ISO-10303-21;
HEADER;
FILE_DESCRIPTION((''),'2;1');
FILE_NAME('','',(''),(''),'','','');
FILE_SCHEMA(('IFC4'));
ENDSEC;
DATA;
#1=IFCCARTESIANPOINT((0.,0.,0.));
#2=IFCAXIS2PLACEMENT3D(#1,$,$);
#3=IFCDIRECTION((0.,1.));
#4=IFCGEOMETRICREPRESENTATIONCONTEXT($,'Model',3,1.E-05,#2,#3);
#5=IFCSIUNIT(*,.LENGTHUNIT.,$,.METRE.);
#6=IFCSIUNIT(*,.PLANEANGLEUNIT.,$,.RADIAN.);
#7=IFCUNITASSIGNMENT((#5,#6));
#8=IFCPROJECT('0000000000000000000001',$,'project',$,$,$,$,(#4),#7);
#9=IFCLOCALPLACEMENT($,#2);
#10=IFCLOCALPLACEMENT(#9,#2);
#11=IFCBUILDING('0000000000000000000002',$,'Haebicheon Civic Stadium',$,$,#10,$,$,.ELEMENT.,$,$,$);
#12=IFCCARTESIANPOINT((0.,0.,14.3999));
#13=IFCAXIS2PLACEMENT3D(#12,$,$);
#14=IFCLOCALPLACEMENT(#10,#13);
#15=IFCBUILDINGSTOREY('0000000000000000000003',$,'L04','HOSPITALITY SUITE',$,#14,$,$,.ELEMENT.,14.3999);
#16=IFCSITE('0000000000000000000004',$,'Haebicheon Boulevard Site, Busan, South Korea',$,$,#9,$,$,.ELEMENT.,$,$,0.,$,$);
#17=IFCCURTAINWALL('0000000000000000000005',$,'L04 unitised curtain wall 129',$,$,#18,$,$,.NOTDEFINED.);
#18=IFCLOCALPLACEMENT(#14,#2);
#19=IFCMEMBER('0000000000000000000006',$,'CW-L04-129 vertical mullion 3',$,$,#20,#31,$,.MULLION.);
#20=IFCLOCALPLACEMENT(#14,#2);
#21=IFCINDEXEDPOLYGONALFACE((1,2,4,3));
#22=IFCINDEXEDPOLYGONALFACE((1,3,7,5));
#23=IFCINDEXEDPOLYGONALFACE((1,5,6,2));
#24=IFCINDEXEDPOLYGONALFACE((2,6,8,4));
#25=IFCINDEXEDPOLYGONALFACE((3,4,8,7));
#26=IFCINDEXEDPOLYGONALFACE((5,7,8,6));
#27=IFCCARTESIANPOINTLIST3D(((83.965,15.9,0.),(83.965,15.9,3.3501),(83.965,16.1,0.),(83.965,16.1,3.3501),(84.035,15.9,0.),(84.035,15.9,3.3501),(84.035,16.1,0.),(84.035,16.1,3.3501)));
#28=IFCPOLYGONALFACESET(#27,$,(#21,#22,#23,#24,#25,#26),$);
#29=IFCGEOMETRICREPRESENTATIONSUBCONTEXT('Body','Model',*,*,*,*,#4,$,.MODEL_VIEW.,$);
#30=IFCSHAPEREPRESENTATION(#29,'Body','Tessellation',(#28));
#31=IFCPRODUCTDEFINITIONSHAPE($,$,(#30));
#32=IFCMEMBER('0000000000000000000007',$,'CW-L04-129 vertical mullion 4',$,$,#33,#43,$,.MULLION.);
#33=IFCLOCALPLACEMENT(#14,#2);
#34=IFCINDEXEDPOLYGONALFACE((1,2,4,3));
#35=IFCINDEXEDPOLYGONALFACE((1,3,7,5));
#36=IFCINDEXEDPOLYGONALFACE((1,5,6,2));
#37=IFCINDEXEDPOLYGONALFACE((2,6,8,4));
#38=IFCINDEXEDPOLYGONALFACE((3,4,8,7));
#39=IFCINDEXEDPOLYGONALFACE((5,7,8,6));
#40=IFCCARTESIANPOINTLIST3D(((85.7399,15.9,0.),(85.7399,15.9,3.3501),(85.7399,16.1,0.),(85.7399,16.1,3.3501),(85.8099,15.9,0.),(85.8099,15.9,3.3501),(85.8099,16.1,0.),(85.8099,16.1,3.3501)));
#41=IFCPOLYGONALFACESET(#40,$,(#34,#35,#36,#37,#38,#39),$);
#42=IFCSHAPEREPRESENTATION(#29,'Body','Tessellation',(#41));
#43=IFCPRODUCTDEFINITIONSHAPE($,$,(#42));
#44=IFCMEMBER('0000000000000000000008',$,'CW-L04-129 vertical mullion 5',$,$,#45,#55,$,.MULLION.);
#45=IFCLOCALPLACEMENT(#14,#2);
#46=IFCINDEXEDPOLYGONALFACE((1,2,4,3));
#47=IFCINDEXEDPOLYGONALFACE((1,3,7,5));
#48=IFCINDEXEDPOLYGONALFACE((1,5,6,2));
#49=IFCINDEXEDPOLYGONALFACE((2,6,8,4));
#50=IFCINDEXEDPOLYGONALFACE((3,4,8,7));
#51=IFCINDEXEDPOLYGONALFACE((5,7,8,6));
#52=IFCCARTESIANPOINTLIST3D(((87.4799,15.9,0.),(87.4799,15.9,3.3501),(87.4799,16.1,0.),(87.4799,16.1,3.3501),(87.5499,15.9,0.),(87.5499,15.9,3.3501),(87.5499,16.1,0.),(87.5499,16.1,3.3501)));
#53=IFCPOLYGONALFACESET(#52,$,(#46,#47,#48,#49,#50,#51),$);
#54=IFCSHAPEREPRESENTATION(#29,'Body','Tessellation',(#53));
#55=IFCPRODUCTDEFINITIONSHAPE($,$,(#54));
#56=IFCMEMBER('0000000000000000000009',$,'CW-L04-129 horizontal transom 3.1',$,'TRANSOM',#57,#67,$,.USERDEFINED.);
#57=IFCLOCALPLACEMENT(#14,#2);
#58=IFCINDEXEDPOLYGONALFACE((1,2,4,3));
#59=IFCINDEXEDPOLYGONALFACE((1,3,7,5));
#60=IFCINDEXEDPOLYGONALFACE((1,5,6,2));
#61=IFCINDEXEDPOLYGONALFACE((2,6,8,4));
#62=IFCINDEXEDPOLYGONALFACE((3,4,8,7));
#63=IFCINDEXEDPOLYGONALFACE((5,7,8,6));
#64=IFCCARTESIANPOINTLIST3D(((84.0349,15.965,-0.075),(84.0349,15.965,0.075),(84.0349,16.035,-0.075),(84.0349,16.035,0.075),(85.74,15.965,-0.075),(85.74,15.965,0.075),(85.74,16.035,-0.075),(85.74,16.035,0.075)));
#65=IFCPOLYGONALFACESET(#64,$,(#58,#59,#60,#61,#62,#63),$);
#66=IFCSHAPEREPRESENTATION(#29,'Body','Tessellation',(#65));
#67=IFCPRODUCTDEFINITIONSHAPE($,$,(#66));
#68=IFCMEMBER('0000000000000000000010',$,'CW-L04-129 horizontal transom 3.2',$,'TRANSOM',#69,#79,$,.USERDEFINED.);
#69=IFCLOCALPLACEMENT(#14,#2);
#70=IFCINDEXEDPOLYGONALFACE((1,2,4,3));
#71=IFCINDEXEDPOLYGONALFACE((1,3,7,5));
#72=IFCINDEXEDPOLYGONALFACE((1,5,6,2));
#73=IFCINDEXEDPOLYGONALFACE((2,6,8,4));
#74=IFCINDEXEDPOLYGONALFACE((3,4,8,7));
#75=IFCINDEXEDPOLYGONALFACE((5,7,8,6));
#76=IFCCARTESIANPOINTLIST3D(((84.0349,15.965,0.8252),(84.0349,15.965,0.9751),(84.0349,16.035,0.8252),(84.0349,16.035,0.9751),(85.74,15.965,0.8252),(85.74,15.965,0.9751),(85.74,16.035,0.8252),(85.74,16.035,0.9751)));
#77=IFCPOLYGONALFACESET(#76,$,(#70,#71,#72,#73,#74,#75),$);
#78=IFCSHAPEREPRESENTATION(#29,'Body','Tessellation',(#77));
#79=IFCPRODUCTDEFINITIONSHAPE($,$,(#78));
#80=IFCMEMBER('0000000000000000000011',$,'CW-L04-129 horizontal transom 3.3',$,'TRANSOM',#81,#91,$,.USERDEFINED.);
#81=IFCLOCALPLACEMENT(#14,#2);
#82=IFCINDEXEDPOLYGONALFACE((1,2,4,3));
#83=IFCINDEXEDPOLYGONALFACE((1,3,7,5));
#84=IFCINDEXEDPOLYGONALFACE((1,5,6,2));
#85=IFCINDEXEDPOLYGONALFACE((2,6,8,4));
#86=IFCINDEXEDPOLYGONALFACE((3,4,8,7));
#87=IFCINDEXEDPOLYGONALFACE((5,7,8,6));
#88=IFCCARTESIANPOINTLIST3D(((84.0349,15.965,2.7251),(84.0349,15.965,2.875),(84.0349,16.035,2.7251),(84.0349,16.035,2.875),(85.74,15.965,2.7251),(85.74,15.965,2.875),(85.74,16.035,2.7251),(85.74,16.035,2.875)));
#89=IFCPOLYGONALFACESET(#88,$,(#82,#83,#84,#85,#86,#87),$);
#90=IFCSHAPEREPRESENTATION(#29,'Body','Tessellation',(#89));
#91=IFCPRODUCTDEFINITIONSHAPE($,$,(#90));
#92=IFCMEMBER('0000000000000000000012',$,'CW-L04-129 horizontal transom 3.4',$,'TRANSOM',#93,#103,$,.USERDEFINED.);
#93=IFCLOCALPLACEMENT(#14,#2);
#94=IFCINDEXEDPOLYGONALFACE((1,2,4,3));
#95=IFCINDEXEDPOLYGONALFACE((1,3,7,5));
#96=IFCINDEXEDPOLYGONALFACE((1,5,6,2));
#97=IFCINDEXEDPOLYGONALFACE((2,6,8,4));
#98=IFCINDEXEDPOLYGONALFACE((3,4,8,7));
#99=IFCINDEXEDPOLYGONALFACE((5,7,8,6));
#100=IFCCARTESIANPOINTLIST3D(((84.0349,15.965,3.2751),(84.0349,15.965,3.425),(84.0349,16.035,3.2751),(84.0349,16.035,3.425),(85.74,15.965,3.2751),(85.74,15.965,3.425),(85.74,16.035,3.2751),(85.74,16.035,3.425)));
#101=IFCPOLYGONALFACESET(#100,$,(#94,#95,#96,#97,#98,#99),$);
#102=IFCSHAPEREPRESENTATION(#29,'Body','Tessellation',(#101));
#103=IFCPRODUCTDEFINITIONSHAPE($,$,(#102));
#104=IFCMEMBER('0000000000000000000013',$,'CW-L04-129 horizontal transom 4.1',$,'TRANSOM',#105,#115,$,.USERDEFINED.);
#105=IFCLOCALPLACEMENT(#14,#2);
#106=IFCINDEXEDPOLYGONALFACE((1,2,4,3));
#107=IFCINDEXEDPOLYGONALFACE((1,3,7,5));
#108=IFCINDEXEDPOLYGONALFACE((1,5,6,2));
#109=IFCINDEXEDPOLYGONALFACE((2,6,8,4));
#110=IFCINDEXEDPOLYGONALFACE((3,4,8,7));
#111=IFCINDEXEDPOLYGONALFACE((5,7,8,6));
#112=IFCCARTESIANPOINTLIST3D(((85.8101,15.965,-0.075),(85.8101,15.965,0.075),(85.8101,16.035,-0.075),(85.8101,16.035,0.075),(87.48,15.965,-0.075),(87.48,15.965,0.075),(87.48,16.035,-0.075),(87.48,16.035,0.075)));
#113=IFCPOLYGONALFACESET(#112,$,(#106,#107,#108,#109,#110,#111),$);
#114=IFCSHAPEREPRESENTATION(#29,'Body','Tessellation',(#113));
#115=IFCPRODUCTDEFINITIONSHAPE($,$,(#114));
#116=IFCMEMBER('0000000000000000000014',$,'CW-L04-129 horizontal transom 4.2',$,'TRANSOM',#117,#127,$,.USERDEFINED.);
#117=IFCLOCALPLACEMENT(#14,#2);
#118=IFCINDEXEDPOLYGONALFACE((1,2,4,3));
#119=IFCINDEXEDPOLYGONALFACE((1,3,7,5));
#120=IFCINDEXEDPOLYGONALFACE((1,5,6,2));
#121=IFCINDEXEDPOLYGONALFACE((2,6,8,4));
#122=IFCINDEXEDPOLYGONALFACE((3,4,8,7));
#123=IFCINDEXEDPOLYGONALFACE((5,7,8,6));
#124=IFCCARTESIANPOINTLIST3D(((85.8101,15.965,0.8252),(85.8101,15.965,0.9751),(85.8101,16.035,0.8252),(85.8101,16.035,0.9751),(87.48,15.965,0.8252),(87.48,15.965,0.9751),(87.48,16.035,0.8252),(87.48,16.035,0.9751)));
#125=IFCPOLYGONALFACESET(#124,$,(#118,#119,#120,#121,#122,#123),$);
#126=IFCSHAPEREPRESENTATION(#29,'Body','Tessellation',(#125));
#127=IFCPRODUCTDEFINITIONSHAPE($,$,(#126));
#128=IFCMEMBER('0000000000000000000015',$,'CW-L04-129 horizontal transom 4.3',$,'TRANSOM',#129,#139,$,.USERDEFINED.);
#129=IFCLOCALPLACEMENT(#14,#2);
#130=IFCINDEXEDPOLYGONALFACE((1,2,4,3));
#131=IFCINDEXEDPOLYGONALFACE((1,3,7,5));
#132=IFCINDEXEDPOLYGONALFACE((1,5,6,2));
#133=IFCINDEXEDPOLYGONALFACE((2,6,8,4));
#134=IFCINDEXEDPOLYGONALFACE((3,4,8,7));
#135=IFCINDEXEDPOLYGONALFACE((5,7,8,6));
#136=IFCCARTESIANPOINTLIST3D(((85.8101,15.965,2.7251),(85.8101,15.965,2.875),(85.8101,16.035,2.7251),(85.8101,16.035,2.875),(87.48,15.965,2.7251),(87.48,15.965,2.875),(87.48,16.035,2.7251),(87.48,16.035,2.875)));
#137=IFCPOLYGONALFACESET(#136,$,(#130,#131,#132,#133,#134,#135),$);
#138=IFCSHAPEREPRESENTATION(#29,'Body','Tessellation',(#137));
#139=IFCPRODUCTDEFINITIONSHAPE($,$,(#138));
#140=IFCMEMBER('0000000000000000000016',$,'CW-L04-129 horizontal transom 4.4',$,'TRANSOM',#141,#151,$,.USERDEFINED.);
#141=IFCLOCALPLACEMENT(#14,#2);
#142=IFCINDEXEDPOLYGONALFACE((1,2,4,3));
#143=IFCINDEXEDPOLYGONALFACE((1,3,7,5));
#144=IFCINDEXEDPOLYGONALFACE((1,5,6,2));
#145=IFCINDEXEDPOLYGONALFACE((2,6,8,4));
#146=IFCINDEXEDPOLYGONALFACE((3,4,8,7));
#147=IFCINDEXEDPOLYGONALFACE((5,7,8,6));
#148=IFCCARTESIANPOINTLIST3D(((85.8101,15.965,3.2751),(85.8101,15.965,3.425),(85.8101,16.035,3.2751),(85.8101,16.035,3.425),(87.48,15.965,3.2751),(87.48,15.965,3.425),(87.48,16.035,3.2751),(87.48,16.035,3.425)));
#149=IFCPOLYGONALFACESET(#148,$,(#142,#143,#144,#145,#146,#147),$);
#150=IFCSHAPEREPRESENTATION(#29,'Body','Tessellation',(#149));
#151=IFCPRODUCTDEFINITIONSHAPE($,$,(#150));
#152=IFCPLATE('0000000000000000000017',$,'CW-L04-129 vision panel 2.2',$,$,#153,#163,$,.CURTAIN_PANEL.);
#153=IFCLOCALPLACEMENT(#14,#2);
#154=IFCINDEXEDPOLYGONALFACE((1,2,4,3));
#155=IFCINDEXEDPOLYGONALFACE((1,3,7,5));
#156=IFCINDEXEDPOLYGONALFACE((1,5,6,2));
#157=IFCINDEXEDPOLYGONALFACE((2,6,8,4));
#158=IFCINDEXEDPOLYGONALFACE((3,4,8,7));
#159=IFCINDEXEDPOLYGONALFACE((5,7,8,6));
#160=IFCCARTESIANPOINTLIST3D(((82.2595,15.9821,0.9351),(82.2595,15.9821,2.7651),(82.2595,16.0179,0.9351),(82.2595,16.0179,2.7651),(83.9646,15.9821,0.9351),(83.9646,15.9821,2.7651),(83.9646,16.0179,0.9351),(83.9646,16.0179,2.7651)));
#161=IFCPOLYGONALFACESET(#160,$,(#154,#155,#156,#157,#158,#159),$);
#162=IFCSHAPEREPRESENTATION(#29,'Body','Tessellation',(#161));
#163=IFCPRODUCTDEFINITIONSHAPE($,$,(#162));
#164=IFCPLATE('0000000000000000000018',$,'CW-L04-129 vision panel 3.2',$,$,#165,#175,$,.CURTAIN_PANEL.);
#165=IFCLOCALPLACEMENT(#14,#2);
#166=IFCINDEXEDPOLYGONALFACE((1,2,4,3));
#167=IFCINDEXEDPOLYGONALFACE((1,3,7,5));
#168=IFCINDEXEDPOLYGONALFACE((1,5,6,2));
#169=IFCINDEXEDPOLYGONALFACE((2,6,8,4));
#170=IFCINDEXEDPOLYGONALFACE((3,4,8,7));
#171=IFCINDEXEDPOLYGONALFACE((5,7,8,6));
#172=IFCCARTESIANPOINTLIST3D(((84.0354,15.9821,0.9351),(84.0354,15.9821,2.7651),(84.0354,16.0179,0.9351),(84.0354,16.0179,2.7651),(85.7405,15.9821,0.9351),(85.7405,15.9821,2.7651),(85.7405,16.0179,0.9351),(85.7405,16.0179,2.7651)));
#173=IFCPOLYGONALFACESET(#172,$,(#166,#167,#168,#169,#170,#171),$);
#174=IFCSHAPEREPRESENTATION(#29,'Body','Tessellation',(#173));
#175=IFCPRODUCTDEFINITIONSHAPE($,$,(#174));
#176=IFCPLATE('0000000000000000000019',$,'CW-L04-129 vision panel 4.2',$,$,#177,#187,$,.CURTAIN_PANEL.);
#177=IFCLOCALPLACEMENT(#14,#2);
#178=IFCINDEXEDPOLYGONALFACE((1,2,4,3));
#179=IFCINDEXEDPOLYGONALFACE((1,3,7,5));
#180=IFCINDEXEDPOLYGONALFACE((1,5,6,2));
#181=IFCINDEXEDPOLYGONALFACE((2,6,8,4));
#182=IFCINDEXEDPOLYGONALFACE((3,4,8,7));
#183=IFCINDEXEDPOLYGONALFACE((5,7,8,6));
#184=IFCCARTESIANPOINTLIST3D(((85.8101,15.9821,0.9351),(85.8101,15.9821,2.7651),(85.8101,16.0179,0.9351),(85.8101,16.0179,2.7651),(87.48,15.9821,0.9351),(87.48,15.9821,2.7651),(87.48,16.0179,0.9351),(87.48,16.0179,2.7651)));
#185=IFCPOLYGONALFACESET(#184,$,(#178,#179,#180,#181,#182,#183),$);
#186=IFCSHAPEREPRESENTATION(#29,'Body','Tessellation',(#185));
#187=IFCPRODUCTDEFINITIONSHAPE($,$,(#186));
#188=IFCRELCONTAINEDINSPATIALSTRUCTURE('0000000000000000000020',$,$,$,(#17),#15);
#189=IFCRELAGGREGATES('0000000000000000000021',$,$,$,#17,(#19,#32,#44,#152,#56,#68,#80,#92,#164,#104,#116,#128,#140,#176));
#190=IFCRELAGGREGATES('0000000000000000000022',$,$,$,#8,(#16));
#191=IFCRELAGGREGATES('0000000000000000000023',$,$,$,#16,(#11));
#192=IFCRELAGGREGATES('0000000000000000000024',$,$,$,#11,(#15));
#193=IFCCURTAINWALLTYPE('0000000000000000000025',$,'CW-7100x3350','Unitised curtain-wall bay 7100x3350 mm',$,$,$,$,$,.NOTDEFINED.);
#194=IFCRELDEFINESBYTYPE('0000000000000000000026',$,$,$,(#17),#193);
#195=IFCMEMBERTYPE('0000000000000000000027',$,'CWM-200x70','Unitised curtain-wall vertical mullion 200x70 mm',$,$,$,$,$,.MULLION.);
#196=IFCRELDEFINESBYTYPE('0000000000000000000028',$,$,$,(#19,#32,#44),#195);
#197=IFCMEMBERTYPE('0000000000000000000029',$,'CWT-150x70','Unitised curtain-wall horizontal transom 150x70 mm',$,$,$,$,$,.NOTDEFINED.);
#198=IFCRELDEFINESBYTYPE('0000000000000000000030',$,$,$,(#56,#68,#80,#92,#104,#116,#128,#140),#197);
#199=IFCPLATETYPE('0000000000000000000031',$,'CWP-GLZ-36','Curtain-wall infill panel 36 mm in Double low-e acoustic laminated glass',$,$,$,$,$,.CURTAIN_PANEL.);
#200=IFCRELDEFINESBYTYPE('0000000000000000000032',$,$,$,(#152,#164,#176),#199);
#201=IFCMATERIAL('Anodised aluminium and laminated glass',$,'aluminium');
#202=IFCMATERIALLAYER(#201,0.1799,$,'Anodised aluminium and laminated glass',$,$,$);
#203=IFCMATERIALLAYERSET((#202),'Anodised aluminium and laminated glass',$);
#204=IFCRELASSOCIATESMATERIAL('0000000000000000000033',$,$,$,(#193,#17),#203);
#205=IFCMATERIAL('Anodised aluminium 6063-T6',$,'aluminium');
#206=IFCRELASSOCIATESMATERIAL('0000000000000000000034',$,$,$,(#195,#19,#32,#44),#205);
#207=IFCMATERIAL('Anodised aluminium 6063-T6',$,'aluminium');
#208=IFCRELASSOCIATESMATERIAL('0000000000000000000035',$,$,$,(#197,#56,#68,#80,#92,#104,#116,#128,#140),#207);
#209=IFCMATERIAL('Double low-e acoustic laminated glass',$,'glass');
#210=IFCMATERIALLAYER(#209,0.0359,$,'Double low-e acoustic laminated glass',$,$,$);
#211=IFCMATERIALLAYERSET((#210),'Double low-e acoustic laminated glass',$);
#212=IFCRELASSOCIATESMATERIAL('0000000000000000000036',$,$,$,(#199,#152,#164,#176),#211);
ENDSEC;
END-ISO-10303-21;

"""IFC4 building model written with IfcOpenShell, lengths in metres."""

from ifc_helpers import new_model, si_unit, direction, frame, origin, origin_2d, place, context, subcontext, project, spatial, rectangle, extrude, material, layer, layer_set, material_profile, profile_set, type_object, element, aggregate, save


model = new_model("IFC4")

# Units and contexts
model_context = context("Model", 3, precision=1e-05, world=origin(), true_north=direction((0.0, 1.0)))
body_context = subcontext(model_context, "Body", "Model", "MODEL_VIEW")
ifc_project = project(units=[si_unit("LENGTHUNIT", "METRE"), si_unit("PLANEANGLEUNIT", "RADIAN")], contexts=[model_context])

# Site, building, storey
site_placement = place(None, origin())
site = spatial("IfcSite", under=ifc_project, at=site_placement, Name="Haebicheon Boulevard Site, Busan, South Korea", CompositionType="ELEMENT", RefElevation=0.0)
building_placement = place(site_placement, origin())
building = spatial("IfcBuilding", under=site, at=building_placement, Name="Haebicheon Civic Stadium", CompositionType="ELEMENT")
storey_placement = place(building_placement, frame((0.0, 0.0, 14.3999)))
storey = spatial("IfcBuildingStorey", under=building, at=storey_placement, Name="L04", Description="HOSPITALITY SUITE", CompositionType="ELEMENT", Elevation=14.3999)

# Curtain wall, members, plates
ifc_material_1 = material(Name="Anodised aluminium and laminated glass", Category="aluminium")
ifc_layer_1 = layer(ifc_material_1, 0.1799, Name="Anodised aluminium and laminated glass")
ifc_layer_set_1 = layer_set([ifc_layer_1], Name="Anodised aluminium and laminated glass")
curtain_wall_type = type_object("IfcCurtainWallType", Name="CW-7100x3350", Description="Unitised curtain-wall bay 7100x3350 mm", PredefinedType="NOTDEFINED", material=ifc_layer_set_1)
curtain_wall_placement = place(storey_placement, origin())
curtain_wall = element("IfcCurtainWall", 1, at=curtain_wall_placement, inside=storey, type_object=curtain_wall_type, material=ifc_layer_set_1, Name="L04 unitised curtain wall 129", PredefinedType="NOTDEFINED")
ifc_material_2 = material(Name="Anodised aluminium 6063-T6", Category="aluminium")
ifc_material_profile_1 = material_profile(ifc_material_2, rectangle(XDim=0.0701, YDim=0.2, at=origin_2d()), Name="ALU-MULL-70x200")
ifc_profile_set_1 = profile_set([ifc_material_profile_1], Name="Anodised aluminium 6063-T6")
member_type_1 = type_object("IfcMemberType", Name="CWM-200x70", Description="Unitised curtain-wall vertical mullion 200x70 mm", PredefinedType="MULLION", material=ifc_profile_set_1)
member_1_placement = place(storey_placement, frame((84.0, 16.0, 0.0), z_axis=(0.0, 0.0, 1.0), x_axis=(1.0, 0.0, 0.0)))
member_1 = element("IfcMember", 2, at=member_1_placement, type_object=member_type_1, material=ifc_profile_set_1, Name="CW-L04-129 vertical mullion 3", PredefinedType="MULLION", context=body_context, shape_type="SweptSolid", body=[
    extrude(rectangle(XDim=0.0701, YDim=0.2, at=origin_2d()), origin(), (0.0, 0.0, 1.0), 3.3501),
])
member_2_placement = place(storey_placement, frame((85.7749, 16.0, 0.0), z_axis=(0.0, 0.0, 1.0), x_axis=(1.0, 0.0, 0.0)))
member_2 = element("IfcMember", 3, at=member_2_placement, type_object=member_type_1, material=ifc_profile_set_1, Name="CW-L04-129 vertical mullion 4", PredefinedType="MULLION", context=body_context, shape_type="SweptSolid", body=[
    extrude(rectangle(XDim=0.0701, YDim=0.2, at=origin_2d()), origin(), (0.0, 0.0, 1.0), 3.3501),
])
member_3_placement = place(storey_placement, frame((87.5149, 16.0, 0.0), z_axis=(0.0, 0.0, 1.0), x_axis=(1.0, 0.0, 0.0)))
member_3 = element("IfcMember", 4, at=member_3_placement, type_object=member_type_1, material=ifc_profile_set_1, Name="CW-L04-129 vertical mullion 5", PredefinedType="MULLION", context=body_context, shape_type="SweptSolid", body=[
    extrude(rectangle(XDim=0.0701, YDim=0.2, at=origin_2d()), origin(), (0.0, 0.0, 1.0), 3.3501),
])
ifc_material_3 = material(Name="Anodised aluminium 6063-T6", Category="aluminium")
ifc_material_profile_2 = material_profile(ifc_material_3, rectangle(XDim=0.0701, YDim=0.1499, at=origin_2d()), Name="ALU-TRAN-70x150")
ifc_profile_set_2 = profile_set([ifc_material_profile_2], Name="Anodised aluminium 6063-T6")
member_type_2 = type_object("IfcMemberType", Name="CWT-150x70", Description="Unitised curtain-wall horizontal transom 150x70 mm", PredefinedType="NOTDEFINED", material=ifc_profile_set_2)
member_4_placement = place(storey_placement, frame((84.0349, 16.0, 0.0), z_axis=(1.0, 0.0, 0.0), x_axis=(0.0, 1.0, 0.0)))
member_4 = element("IfcMember", 5, at=member_4_placement, type_object=member_type_2, material=ifc_profile_set_2, Name="CW-L04-129 horizontal transom 3.1", ObjectType="TRANSOM", PredefinedType="USERDEFINED", context=body_context, shape_type="SweptSolid", body=[
    extrude(rectangle(XDim=0.0701, YDim=0.1499, at=origin_2d()), origin(), (0.0, 0.0, 1.0), 1.7051),
])
member_5_placement = place(storey_placement, frame((84.0349, 16.0, 0.9001), z_axis=(1.0, 0.0, 0.0), x_axis=(0.0, 1.0, 0.0)))
member_5 = element("IfcMember", 6, at=member_5_placement, type_object=member_type_2, material=ifc_profile_set_2, Name="CW-L04-129 horizontal transom 3.2", ObjectType="TRANSOM", PredefinedType="USERDEFINED", context=body_context, shape_type="SweptSolid", body=[
    extrude(rectangle(XDim=0.0701, YDim=0.1499, at=origin_2d()), origin(), (0.0, 0.0, 1.0), 1.7051),
])
member_6_placement = place(storey_placement, frame((84.0349, 16.0, 2.8), z_axis=(1.0, 0.0, 0.0), x_axis=(0.0, 1.0, 0.0)))
member_6 = element("IfcMember", 7, at=member_6_placement, type_object=member_type_2, material=ifc_profile_set_2, Name="CW-L04-129 horizontal transom 3.3", ObjectType="TRANSOM", PredefinedType="USERDEFINED", context=body_context, shape_type="SweptSolid", body=[
    extrude(rectangle(XDim=0.0701, YDim=0.1499, at=origin_2d()), origin(), (0.0, 0.0, 1.0), 1.7051),
])
member_7_placement = place(storey_placement, frame((84.0349, 16.0, 3.3501), z_axis=(1.0, 0.0, 0.0), x_axis=(0.0, 1.0, 0.0)))
member_7 = element("IfcMember", 8, at=member_7_placement, type_object=member_type_2, material=ifc_profile_set_2, Name="CW-L04-129 horizontal transom 3.4", ObjectType="TRANSOM", PredefinedType="USERDEFINED", context=body_context, shape_type="SweptSolid", body=[
    extrude(rectangle(XDim=0.0701, YDim=0.1499, at=origin_2d()), origin(), (0.0, 0.0, 1.0), 1.7051),
])
member_8_placement = place(storey_placement, frame((85.8101, 16.0, 0.0), z_axis=(1.0, 0.0, 0.0), x_axis=(0.0, 1.0, 0.0)))
member_8 = element("IfcMember", 9, at=member_8_placement, type_object=member_type_2, material=ifc_profile_set_2, Name="CW-L04-129 horizontal transom 4.1", ObjectType="TRANSOM", PredefinedType="USERDEFINED", context=body_context, shape_type="SweptSolid", body=[
    extrude(rectangle(XDim=0.0701, YDim=0.1499, at=origin_2d()), origin(), (0.0, 0.0, 1.0), 1.6699),
])
member_9_placement = place(storey_placement, frame((85.8101, 16.0, 0.9001), z_axis=(1.0, 0.0, 0.0), x_axis=(0.0, 1.0, 0.0)))
member_9 = element("IfcMember", 10, at=member_9_placement, type_object=member_type_2, material=ifc_profile_set_2, Name="CW-L04-129 horizontal transom 4.2", ObjectType="TRANSOM", PredefinedType="USERDEFINED", context=body_context, shape_type="SweptSolid", body=[
    extrude(rectangle(XDim=0.0701, YDim=0.1499, at=origin_2d()), origin(), (0.0, 0.0, 1.0), 1.6699),
])
member_10_placement = place(storey_placement, frame((85.8101, 16.0, 2.8), z_axis=(1.0, 0.0, 0.0), x_axis=(0.0, 1.0, 0.0)))
member_10 = element("IfcMember", 11, at=member_10_placement, type_object=member_type_2, material=ifc_profile_set_2, Name="CW-L04-129 horizontal transom 4.3", ObjectType="TRANSOM", PredefinedType="USERDEFINED", context=body_context, shape_type="SweptSolid", body=[
    extrude(rectangle(XDim=0.0701, YDim=0.1499, at=origin_2d()), origin(), (0.0, 0.0, 1.0), 1.6699),
])
member_11_placement = place(storey_placement, frame((85.8101, 16.0, 3.3501), z_axis=(1.0, 0.0, 0.0), x_axis=(0.0, 1.0, 0.0)))
member_11 = element("IfcMember", 12, at=member_11_placement, type_object=member_type_2, material=ifc_profile_set_2, Name="CW-L04-129 horizontal transom 4.4", ObjectType="TRANSOM", PredefinedType="USERDEFINED", context=body_context, shape_type="SweptSolid", body=[
    extrude(rectangle(XDim=0.0701, YDim=0.1499, at=origin_2d()), origin(), (0.0, 0.0, 1.0), 1.6699),
])
ifc_material_4 = material(Name="Double low-e acoustic laminated glass", Category="glass")
ifc_layer_2 = layer(ifc_material_4, 0.0359, Name="Double low-e acoustic laminated glass")
ifc_layer_set_2 = layer_set([ifc_layer_2], Name="Double low-e acoustic laminated glass")
plate_type_1 = type_object("IfcPlateType", Name="CWP-GLZ-36", Description="Curtain-wall infill panel 36 mm in Double low-e acoustic laminated glass", PredefinedType="CURTAIN_PANEL", material=ifc_layer_set_2)
plate_1_placement = place(storey_placement, frame((83.1121, 16.0, 0.9351), z_axis=(0.0, 0.0, 1.0), x_axis=(1.0, 0.0, 0.0)))
plate_1 = element("IfcPlate", 13, at=plate_1_placement, type_object=plate_type_1, material=ifc_layer_set_2, Name="CW-L04-129 vision panel 2.2", PredefinedType="CURTAIN_PANEL", context=body_context, shape_type="SweptSolid", body=[
    extrude(rectangle(XDim=1.7051, YDim=0.0359, at=origin_2d()), origin(), (0.0, 0.0, 1.0), 1.8301),
])
plate_2_placement = place(storey_placement, frame((84.8879, 16.0, 0.9351), z_axis=(0.0, 0.0, 1.0), x_axis=(1.0, 0.0, 0.0)))
plate_2 = element("IfcPlate", 14, at=plate_2_placement, type_object=plate_type_1, material=ifc_layer_set_2, Name="CW-L04-129 vision panel 3.2", PredefinedType="CURTAIN_PANEL", context=body_context, shape_type="SweptSolid", body=[
    extrude(rectangle(XDim=1.7051, YDim=0.0359, at=origin_2d()), origin(), (0.0, 0.0, 1.0), 1.8301),
])
plate_3_placement = place(storey_placement, frame((86.645, 16.0, 0.9351), z_axis=(0.0, 0.0, 1.0), x_axis=(1.0, 0.0, 0.0)))
plate_3 = element("IfcPlate", 15, at=plate_3_placement, type_object=plate_type_1, material=ifc_layer_set_2, Name="CW-L04-129 vision panel 4.2", PredefinedType="CURTAIN_PANEL", context=body_context, shape_type="SweptSolid", body=[
    extrude(rectangle(XDim=1.6699, YDim=0.0359, at=origin_2d()), origin(), (0.0, 0.0, 1.0), 1.8301),
])
aggregate(curtain_wall, [member_1, member_2, member_3, plate_1, member_4, member_5, member_6, member_7, plate_2, member_8, member_9, member_10, member_11, plate_3])

save(model, "model.ifc")
